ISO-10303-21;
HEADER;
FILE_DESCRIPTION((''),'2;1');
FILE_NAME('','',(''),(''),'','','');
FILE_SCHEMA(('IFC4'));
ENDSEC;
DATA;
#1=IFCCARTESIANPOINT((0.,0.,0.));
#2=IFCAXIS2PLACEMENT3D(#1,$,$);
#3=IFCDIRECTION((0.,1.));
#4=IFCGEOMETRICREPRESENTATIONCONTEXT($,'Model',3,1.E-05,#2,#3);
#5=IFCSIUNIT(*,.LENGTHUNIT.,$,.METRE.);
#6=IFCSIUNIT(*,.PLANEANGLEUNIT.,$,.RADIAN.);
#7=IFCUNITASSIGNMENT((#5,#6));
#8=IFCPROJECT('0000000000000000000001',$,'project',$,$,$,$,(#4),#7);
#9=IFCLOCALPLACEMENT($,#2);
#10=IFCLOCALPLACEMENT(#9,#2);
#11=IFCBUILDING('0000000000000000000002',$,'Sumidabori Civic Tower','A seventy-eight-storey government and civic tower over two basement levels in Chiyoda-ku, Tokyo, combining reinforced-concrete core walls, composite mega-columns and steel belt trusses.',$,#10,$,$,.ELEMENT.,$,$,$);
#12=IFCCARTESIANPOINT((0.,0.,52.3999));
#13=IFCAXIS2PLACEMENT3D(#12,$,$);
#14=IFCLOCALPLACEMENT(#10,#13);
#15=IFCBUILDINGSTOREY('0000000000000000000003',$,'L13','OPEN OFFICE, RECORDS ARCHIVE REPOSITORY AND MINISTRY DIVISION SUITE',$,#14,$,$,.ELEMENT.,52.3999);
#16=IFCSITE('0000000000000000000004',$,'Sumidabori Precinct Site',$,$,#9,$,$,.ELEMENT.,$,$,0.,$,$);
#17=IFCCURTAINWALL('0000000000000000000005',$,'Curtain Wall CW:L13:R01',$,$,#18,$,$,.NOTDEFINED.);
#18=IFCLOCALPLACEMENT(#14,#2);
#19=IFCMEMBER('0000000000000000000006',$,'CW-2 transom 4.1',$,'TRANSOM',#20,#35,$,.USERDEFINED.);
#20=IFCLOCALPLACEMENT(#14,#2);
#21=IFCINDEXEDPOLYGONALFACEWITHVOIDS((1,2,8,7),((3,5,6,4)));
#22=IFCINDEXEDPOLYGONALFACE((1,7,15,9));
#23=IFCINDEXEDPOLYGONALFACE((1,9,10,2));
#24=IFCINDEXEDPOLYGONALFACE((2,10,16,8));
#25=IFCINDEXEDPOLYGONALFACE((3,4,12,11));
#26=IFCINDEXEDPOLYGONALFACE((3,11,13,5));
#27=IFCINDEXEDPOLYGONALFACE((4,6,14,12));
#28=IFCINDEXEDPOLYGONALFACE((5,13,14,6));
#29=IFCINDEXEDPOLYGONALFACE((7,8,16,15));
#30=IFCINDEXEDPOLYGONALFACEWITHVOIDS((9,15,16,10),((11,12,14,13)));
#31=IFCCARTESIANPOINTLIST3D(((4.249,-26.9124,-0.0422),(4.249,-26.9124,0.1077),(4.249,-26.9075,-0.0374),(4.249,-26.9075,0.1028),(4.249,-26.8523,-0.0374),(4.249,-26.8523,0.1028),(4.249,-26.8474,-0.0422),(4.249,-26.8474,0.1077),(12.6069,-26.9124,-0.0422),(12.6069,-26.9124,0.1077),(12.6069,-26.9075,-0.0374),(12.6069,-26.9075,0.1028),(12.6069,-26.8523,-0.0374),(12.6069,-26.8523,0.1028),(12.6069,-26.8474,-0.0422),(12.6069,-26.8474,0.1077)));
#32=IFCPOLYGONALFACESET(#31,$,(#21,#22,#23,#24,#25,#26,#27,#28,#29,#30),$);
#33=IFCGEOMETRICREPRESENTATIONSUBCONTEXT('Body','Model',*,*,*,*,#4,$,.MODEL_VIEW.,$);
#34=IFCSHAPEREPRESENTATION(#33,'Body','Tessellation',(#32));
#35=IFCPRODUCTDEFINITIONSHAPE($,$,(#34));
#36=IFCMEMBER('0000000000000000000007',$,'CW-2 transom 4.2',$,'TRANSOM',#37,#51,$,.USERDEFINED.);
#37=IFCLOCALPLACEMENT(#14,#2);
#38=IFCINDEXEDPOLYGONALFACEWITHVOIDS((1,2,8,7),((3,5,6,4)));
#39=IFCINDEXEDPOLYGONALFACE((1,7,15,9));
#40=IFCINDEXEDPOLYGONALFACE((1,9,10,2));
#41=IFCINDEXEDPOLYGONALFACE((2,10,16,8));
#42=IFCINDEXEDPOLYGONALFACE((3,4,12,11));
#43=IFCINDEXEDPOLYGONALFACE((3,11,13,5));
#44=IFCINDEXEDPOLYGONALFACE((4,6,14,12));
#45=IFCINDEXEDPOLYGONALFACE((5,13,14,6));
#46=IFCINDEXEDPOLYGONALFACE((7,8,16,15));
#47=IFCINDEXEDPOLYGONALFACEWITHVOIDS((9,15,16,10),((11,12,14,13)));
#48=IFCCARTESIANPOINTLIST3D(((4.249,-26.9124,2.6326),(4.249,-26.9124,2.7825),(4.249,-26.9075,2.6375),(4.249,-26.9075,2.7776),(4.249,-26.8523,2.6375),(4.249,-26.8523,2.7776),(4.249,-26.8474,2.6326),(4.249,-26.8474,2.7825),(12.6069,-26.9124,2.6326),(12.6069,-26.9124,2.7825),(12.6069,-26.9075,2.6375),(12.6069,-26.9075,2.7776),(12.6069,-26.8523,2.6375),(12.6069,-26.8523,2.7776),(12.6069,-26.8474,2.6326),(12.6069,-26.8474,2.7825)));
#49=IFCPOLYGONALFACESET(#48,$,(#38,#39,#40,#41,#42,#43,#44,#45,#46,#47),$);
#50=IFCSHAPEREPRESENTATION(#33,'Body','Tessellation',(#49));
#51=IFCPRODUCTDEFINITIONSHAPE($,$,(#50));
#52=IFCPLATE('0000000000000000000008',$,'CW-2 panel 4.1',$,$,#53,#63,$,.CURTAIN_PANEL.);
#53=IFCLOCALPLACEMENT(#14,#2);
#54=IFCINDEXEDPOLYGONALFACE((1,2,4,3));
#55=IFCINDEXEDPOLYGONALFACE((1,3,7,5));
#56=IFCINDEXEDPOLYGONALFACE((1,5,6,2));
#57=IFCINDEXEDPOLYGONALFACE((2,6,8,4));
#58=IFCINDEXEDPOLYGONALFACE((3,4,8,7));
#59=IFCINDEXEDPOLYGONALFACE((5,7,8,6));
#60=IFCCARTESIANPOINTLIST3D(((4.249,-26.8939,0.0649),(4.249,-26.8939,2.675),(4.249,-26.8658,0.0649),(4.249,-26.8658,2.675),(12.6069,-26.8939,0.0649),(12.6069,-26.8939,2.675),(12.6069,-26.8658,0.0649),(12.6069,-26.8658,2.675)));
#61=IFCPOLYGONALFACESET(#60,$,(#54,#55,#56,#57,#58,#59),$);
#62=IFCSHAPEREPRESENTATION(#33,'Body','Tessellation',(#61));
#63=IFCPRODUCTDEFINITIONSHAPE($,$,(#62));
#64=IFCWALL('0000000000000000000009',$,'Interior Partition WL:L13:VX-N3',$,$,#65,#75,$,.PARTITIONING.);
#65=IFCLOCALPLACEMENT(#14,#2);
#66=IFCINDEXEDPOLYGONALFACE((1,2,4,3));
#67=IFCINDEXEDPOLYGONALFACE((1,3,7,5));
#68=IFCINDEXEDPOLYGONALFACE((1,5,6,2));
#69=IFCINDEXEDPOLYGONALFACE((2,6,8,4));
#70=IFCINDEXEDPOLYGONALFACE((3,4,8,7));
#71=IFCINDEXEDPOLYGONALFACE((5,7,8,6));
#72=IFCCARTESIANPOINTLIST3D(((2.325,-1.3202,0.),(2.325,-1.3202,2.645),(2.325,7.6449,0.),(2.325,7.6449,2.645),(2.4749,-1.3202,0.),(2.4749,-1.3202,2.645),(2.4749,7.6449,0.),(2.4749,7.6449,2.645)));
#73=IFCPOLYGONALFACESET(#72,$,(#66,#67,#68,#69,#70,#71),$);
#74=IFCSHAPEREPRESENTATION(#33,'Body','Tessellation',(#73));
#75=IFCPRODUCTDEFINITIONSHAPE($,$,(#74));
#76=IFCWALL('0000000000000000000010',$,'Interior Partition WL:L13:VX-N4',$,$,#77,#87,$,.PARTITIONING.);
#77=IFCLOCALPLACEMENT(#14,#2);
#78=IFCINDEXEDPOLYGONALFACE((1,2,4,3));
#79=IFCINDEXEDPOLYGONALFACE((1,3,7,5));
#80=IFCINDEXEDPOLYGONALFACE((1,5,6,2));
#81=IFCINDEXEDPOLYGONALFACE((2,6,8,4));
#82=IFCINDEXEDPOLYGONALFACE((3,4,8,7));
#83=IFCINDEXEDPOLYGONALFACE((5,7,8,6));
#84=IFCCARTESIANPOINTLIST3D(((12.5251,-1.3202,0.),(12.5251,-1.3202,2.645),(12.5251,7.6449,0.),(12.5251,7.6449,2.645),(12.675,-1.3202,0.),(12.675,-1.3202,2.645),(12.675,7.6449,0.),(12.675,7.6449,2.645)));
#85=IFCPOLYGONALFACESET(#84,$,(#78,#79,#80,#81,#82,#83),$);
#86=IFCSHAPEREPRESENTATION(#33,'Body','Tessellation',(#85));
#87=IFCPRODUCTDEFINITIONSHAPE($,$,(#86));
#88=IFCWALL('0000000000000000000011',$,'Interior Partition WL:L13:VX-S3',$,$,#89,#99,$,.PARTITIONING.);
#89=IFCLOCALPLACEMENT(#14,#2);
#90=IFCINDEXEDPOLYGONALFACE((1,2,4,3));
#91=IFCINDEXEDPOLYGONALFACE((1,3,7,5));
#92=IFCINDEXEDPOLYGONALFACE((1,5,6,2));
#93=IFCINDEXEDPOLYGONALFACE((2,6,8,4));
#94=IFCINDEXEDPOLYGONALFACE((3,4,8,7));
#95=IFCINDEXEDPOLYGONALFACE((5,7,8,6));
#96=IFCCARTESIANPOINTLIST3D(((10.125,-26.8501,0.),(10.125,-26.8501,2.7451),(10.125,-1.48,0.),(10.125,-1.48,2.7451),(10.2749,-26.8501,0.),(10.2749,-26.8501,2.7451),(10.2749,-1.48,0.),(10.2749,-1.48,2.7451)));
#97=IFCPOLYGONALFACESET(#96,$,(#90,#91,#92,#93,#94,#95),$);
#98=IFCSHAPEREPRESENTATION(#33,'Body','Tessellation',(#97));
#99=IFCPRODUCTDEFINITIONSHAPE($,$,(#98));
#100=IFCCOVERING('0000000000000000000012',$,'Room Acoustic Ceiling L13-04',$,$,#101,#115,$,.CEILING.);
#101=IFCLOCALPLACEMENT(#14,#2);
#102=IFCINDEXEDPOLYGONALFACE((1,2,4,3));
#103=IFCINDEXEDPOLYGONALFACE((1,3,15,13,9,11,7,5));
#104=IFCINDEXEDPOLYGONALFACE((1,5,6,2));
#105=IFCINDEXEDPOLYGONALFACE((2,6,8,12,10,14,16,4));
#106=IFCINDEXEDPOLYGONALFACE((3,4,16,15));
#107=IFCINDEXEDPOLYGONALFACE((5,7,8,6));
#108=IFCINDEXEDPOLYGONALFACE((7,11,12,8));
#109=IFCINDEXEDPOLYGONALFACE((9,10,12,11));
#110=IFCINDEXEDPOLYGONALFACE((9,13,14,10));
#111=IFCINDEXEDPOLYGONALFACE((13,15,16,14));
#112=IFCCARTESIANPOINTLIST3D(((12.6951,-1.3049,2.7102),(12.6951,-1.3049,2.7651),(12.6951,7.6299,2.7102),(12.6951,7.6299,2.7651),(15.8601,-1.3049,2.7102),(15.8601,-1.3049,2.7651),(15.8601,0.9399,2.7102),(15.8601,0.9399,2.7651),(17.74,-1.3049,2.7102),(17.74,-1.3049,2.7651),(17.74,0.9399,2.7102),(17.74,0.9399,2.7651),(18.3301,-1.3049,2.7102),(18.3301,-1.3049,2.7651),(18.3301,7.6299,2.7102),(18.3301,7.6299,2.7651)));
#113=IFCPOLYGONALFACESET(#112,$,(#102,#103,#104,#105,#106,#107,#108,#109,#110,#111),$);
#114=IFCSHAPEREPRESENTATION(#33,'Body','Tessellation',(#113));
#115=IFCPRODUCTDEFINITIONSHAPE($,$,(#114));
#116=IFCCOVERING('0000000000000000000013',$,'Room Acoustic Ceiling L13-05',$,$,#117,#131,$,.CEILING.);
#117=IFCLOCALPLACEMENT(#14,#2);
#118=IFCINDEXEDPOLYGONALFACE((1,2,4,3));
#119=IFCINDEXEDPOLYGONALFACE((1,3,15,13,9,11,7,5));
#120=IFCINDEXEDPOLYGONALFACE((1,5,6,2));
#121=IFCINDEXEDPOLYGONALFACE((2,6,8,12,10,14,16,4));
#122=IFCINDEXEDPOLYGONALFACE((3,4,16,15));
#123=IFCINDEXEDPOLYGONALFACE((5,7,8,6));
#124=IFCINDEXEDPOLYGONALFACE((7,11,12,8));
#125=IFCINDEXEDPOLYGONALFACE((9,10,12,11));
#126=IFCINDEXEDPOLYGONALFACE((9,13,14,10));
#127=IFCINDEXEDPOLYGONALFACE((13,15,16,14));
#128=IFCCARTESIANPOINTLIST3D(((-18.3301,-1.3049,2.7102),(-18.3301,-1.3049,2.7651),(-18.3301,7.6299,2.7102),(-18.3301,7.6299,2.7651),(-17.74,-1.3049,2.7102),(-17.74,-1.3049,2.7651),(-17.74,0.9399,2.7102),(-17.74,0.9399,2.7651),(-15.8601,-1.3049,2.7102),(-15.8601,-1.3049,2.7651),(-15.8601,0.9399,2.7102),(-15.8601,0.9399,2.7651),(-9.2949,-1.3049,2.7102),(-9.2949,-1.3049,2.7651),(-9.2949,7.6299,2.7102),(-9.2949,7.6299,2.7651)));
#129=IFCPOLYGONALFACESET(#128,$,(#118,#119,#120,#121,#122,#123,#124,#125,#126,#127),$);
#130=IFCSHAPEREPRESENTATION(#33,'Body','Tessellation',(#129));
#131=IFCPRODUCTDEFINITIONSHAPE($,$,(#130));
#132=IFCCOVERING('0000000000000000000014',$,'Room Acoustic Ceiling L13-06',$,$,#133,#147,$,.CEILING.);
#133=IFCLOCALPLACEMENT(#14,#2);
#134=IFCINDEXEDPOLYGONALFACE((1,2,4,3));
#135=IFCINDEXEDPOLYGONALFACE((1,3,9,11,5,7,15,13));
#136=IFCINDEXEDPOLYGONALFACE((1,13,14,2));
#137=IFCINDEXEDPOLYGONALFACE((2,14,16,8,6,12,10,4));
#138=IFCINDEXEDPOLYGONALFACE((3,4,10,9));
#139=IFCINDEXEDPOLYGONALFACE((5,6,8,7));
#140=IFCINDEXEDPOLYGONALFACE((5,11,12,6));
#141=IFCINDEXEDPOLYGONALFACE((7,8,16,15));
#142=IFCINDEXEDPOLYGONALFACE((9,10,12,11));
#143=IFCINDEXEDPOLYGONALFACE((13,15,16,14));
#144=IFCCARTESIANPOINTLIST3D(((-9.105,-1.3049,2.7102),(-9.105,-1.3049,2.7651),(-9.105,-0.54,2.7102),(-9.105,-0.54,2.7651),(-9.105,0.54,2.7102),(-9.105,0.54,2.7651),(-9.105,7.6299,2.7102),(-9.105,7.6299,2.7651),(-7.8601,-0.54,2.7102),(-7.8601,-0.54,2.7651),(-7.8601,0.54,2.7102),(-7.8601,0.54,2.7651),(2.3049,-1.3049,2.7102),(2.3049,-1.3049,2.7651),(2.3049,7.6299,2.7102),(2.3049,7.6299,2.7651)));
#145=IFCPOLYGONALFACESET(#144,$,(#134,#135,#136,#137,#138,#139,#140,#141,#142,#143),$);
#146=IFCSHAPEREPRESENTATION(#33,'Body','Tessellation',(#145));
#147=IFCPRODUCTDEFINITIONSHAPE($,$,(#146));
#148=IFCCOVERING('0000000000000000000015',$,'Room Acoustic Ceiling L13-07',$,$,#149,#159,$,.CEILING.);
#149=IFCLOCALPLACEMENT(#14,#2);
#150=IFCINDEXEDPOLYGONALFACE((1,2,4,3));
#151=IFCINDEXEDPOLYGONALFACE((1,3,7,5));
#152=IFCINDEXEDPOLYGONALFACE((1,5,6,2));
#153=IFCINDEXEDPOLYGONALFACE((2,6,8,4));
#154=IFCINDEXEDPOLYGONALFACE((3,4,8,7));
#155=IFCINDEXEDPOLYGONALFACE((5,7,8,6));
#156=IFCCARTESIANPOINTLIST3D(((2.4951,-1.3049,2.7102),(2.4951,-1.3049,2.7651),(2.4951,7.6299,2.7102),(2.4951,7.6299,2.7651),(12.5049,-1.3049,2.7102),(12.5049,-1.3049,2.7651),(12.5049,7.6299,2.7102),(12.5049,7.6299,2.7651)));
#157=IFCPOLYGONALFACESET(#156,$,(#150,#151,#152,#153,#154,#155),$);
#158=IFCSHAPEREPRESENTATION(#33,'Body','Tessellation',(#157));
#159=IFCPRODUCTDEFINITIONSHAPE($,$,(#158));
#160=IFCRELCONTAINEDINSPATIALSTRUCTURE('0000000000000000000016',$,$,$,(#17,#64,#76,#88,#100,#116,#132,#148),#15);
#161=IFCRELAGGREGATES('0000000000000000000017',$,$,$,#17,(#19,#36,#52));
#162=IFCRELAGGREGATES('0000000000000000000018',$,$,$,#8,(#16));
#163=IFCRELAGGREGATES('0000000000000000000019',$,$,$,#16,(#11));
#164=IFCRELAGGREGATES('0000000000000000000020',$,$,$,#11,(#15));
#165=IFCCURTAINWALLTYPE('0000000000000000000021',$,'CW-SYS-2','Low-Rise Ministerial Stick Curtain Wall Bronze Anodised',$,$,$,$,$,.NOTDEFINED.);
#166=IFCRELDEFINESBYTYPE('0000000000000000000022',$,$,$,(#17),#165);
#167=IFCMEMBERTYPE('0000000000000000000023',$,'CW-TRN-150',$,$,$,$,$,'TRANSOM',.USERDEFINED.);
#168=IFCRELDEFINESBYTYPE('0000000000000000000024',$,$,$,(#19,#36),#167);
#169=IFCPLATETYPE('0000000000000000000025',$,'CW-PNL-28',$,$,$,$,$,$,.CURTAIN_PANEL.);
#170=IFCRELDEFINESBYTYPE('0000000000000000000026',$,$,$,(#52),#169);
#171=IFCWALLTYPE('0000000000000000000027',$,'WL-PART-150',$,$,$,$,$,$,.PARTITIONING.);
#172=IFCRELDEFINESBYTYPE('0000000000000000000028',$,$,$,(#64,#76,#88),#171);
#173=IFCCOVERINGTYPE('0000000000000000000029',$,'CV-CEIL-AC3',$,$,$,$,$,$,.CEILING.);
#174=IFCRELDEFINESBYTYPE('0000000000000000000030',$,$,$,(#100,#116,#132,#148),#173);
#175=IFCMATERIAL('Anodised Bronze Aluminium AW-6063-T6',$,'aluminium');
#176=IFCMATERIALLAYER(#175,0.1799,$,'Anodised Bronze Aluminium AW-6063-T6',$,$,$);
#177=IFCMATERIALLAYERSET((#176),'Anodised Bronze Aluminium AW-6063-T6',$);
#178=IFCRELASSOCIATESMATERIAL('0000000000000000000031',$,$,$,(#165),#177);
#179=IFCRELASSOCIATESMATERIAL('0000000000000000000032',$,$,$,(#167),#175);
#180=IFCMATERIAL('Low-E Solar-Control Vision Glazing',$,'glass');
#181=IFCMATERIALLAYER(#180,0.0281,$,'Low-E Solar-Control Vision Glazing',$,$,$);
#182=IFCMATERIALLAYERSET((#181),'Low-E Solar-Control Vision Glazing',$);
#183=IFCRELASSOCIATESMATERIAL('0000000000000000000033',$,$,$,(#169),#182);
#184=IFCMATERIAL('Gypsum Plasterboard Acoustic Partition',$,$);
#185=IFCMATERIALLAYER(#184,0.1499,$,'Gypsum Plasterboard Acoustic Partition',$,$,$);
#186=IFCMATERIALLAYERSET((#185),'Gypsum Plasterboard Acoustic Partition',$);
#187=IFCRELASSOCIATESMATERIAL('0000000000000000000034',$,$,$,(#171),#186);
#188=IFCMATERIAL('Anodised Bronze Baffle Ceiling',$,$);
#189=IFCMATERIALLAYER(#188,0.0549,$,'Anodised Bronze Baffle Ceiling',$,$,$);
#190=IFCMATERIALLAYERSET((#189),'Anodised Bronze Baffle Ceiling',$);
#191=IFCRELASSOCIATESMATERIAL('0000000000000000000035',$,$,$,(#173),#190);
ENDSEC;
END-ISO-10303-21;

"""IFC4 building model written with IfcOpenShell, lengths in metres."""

from ifc_helpers import new_model, si_unit, direction, frame, frame_2d, origin, origin_2d, place, context, subcontext, project, spatial, polyline, rectangle, hollow_rectangle, outline, extrude, source, transform, mapped, material, layer, layer_set, material_profile, profile_set, type_object, element, aggregate, save


model = new_model("IFC4")

# Units and contexts
model_context = context("Model", 3, precision=1e-05, world=origin(), true_north=direction((0.0, 1.0)))
body_context = subcontext(model_context, "Body", "Model", "MODEL_VIEW")
ifc_project = project(units=[si_unit("LENGTHUNIT", "METRE"), si_unit("PLANEANGLEUNIT", "RADIAN")], contexts=[model_context])

# Site, building, storey
site_placement = place(None, origin())
site = spatial("IfcSite", under=ifc_project, at=site_placement, Name="Sumidabori Precinct Site", CompositionType="ELEMENT", RefElevation=0.0)
building_placement = place(site_placement, origin())
building = spatial("IfcBuilding", under=site, at=building_placement, Name="Sumidabori Civic Tower", Description="A seventy-eight-storey government and civic tower over two basement levels in Chiyoda-ku, Tokyo, combining reinforced-concrete core walls, composite mega-columns and steel belt trusses.", CompositionType="ELEMENT")
storey_placement = place(building_placement, frame((0.0, 0.0, 52.3999)))
storey = spatial("IfcBuildingStorey", under=building, at=storey_placement, Name="L13", Description="OPEN OFFICE, RECORDS ARCHIVE REPOSITORY AND MINISTRY DIVISION SUITE", CompositionType="ELEMENT", Elevation=52.3999)

# Curtain wall, members, plate
ifc_material_1 = material(Name="Anodised Bronze Aluminium AW-6063-T6", Category="aluminium")
ifc_layer_1 = layer(ifc_material_1, 0.1799, Name="Anodised Bronze Aluminium AW-6063-T6")
ifc_layer_set_1 = layer_set([ifc_layer_1], Name="Anodised Bronze Aluminium AW-6063-T6")
curtain_wall_type = type_object("IfcCurtainWallType", Name="CW-SYS-2", Description="Low-Rise Ministerial Stick Curtain Wall Bronze Anodised", PredefinedType="NOTDEFINED", material=ifc_layer_set_1)
curtain_wall_placement = place(storey_placement, origin())
curtain_wall = element("IfcCurtainWall", 1, at=curtain_wall_placement, inside=storey, type_object=curtain_wall_type, Name="Curtain Wall CW:L13:R01", PredefinedType="NOTDEFINED")
ifc_material_profile_1 = material_profile(ifc_material_1, hollow_rectangle(XDim=0.0649, YDim=0.1499, WallThickness=0.0049, at=origin_2d()), Name="ALU TRANSOM 150x65")
ifc_profile_set_1 = profile_set([ifc_material_profile_1], Name="Anodised Bronze Aluminium AW-6063-T6")
member_type_1 = type_object("IfcMemberType", Name="CW-TRN-150", ElementType="TRANSOM", PredefinedType="USERDEFINED", material=ifc_profile_set_1)
shared_shape_1 = source(origin(), body_context, "Body", "SweptSolid", [
    extrude(hollow_rectangle(XDim=0.0649, YDim=0.1499, WallThickness=0.0049, at=origin_2d()), origin(), (0.0, 0.0, 1.0), 8.3579),
])
member_1_placement = place(storey_placement, frame((4.249, -26.8799, 0.0327), z_axis=(1.0, 0.0, 0.0), x_axis=(0.0, 1.0, 0.0)))
member_1 = element("IfcMember", 2, at=member_1_placement, type_object=member_type_1, Name="CW-2 transom 4.1", ObjectType="TRANSOM", PredefinedType="USERDEFINED", context=body_context, shape_type="MappedRepresentation", body=[
    mapped(shared_shape_1, transform((0.0, 0.0, 0.0), x_axis=(1.0, 0.0, 0.0), y_axis=(0.0, 1.0, 0.0), z_axis=(0.0, 0.0, 1.0), scale=1.0)),
])
member_2_placement = place(storey_placement, frame((4.249, -26.8799, 2.7075), z_axis=(1.0, 0.0, 0.0), x_axis=(0.0, 1.0, 0.0)))
member_2 = element("IfcMember", 3, at=member_2_placement, type_object=member_type_1, Name="CW-2 transom 4.2", ObjectType="TRANSOM", PredefinedType="USERDEFINED", context=body_context, shape_type="MappedRepresentation", body=[
    mapped(shared_shape_1, transform((0.0, 0.0, 0.0), x_axis=(1.0, 0.0, 0.0), y_axis=(0.0, 1.0, 0.0), z_axis=(0.0, 0.0, 1.0), scale=1.0)),
])
ifc_material_2 = material(Name="Low-E Solar-Control Vision Glazing", Category="glass")
ifc_layer_2 = layer(ifc_material_2, 0.0281, Name="Low-E Solar-Control Vision Glazing")
ifc_layer_set_2 = layer_set([ifc_layer_2], Name="Low-E Solar-Control Vision Glazing")
plate_type = type_object("IfcPlateType", Name="CW-PNL-28", PredefinedType="CURTAIN_PANEL", material=ifc_layer_set_2)
shared_shape_2 = source(origin(), body_context, "Body", "SweptSolid", [
    extrude(rectangle(XDim=8.3579, YDim=0.0281, at=origin_2d()), origin(), (0.0, 0.0, 1.0), 2.6101),
])
plate_placement = place(storey_placement, frame((8.428, -26.8799, 0.0649), z_axis=(0.0, 0.0, 1.0), x_axis=(1.0, 0.0, 0.0)))
plate = element("IfcPlate", 4, at=plate_placement, type_object=plate_type, Name="CW-2 panel 4.1", PredefinedType="CURTAIN_PANEL", context=body_context, shape_type="MappedRepresentation", body=[
    mapped(shared_shape_2, transform((0.0, 0.0, 0.0), x_axis=(1.0, 0.0, 0.0), y_axis=(0.0, 1.0, 0.0), z_axis=(0.0, 0.0, 1.0), scale=1.0)),
])
aggregate(curtain_wall, [member_1, member_2, plate])

# Walls
ifc_material_3 = material(Name="Gypsum Plasterboard Acoustic Partition")
ifc_layer_3 = layer(ifc_material_3, 0.1499, Name="Gypsum Plasterboard Acoustic Partition")
ifc_layer_set_3 = layer_set([ifc_layer_3], Name="Gypsum Plasterboard Acoustic Partition")
wall_type = type_object("IfcWallType", Name="WL-PART-150", PredefinedType="PARTITIONING", material=ifc_layer_set_3)
shared_shape_3 = source(origin(), body_context, "Body", "SweptSolid", [
    extrude(rectangle(XDim=8.9651, YDim=0.1499, at=frame_2d((4.4824, 0.0))), origin(), (0.0, 0.0, 1.0), 2.645),
])
for number, where, z_axis, x_axis, name in (
    (5, (2.3999, -1.3201, 0.0), (0.0, 0.0, 1.0), (0.0, 1.0, 0.0), "Interior Partition WL:L13:VX-N3"),
    (6, (12.6001, -1.3201, 0.0), (0.0, 0.0, 1.0), (0.0, 1.0, 0.0), "Interior Partition WL:L13:VX-N4"),
):
    element("IfcWall", number, at=place(storey_placement, frame(where, z_axis=z_axis, x_axis=x_axis)), inside=storey, type_object=wall_type, Name=name, PredefinedType="PARTITIONING", context=body_context, shape_type="MappedRepresentation", body=[
        mapped(shared_shape_3, transform((0.0, 0.0, 0.0), x_axis=(1.0, 0.0, 0.0), y_axis=(0.0, 1.0, 0.0), z_axis=(0.0, 0.0, 1.0), scale=1.0)),
    ])
shared_shape_4 = source(origin(), body_context, "Body", "SweptSolid", [
    extrude(rectangle(XDim=25.3701, YDim=0.1499, at=frame_2d((12.6851, 0.0))), origin(), (0.0, 0.0, 1.0), 2.7451),
])
wall_placement = place(storey_placement, frame((10.2, -26.8501, 0.0), z_axis=(0.0, 0.0, 1.0), x_axis=(0.0, 1.0, 0.0)))
element("IfcWall", 7, at=wall_placement, inside=storey, type_object=wall_type, Name="Interior Partition WL:L13:VX-S3", PredefinedType="PARTITIONING", context=body_context, shape_type="MappedRepresentation", body=[
    mapped(shared_shape_4, transform((0.0, 0.0, 0.0), x_axis=(1.0, 0.0, 0.0), y_axis=(0.0, 1.0, 0.0), z_axis=(0.0, 0.0, 1.0), scale=1.0)),
])

# Coverings
ifc_material_4 = material(Name="Anodised Bronze Baffle Ceiling")
ifc_layer_4 = layer(ifc_material_4, 0.0549, Name="Anodised Bronze Baffle Ceiling")
ifc_layer_set_4 = layer_set([ifc_layer_4], Name="Anodised Bronze Baffle Ceiling")
covering_type_1 = type_object("IfcCoveringType", Name="CV-CEIL-AC3", PredefinedType="CEILING", material=ifc_layer_set_4)
covering_1_placement = place(storey_placement, frame((0.0, 0.0, 2.7102)))
element("IfcCovering", 8, at=covering_1_placement, inside=storey, type_object=covering_type_1, Name="Room Acoustic Ceiling L13-04", PredefinedType="CEILING", context=body_context, shape_type="SweptSolid", body=[
    extrude(outline(polyline([(12.6951, 7.6299), (18.3301, 7.6299), (18.3301, -1.3049), (17.74, -1.3049), (17.74, 0.9399), (15.8601, 0.9399), (15.8601, -1.3049), (12.6951, -1.3049), (12.6951, 7.6299)])), origin(), (0.0, 0.0, 1.0), 0.0549),
])
covering_2_placement = place(storey_placement, frame((0.0, 0.0, 2.7102)))
element("IfcCovering", 9, at=covering_2_placement, inside=storey, type_object=covering_type_1, Name="Room Acoustic Ceiling L13-05", PredefinedType="CEILING", context=body_context, shape_type="SweptSolid", body=[
    extrude(outline(polyline([(-18.3301, 7.6299), (-9.2949, 7.6299), (-9.2949, -1.3049), (-15.8601, -1.3049), (-15.8601, 0.9399), (-17.74, 0.9399), (-17.74, -1.3049), (-18.3301, -1.3049), (-18.3301, 7.6299)])), origin(), (0.0, 0.0, 1.0), 0.0549),
])
covering_3_placement = place(storey_placement, frame((0.0, 0.0, 2.7102)))
element("IfcCovering", 10, at=covering_3_placement, inside=storey, type_object=covering_type_1, Name="Room Acoustic Ceiling L13-06", PredefinedType="CEILING", context=body_context, shape_type="SweptSolid", body=[
    extrude(outline(polyline([(-9.105, -0.54), (-7.8601, -0.54), (-7.8601, 0.54), (-9.105, 0.54), (-9.105, 7.6299), (2.3049, 7.6299), (2.3049, -1.3049), (-9.105, -1.3049), (-9.105, -0.54)])), origin(), (0.0, 0.0, 1.0), 0.0549),
])
covering_4_placement = place(storey_placement, frame((0.0, 0.0, 2.7102)))
element("IfcCovering", 11, at=covering_4_placement, inside=storey, type_object=covering_type_1, Name="Room Acoustic Ceiling L13-07", PredefinedType="CEILING", context=body_context, shape_type="SweptSolid", body=[
    extrude(outline(polyline([(2.4951, 7.6299), (12.5049, 7.6299), (12.5049, -1.3049), (2.4951, -1.3049), (2.4951, 7.6299)])), origin(), (0.0, 0.0, 1.0), 0.0549),
])

save(model, "model.ifc")
